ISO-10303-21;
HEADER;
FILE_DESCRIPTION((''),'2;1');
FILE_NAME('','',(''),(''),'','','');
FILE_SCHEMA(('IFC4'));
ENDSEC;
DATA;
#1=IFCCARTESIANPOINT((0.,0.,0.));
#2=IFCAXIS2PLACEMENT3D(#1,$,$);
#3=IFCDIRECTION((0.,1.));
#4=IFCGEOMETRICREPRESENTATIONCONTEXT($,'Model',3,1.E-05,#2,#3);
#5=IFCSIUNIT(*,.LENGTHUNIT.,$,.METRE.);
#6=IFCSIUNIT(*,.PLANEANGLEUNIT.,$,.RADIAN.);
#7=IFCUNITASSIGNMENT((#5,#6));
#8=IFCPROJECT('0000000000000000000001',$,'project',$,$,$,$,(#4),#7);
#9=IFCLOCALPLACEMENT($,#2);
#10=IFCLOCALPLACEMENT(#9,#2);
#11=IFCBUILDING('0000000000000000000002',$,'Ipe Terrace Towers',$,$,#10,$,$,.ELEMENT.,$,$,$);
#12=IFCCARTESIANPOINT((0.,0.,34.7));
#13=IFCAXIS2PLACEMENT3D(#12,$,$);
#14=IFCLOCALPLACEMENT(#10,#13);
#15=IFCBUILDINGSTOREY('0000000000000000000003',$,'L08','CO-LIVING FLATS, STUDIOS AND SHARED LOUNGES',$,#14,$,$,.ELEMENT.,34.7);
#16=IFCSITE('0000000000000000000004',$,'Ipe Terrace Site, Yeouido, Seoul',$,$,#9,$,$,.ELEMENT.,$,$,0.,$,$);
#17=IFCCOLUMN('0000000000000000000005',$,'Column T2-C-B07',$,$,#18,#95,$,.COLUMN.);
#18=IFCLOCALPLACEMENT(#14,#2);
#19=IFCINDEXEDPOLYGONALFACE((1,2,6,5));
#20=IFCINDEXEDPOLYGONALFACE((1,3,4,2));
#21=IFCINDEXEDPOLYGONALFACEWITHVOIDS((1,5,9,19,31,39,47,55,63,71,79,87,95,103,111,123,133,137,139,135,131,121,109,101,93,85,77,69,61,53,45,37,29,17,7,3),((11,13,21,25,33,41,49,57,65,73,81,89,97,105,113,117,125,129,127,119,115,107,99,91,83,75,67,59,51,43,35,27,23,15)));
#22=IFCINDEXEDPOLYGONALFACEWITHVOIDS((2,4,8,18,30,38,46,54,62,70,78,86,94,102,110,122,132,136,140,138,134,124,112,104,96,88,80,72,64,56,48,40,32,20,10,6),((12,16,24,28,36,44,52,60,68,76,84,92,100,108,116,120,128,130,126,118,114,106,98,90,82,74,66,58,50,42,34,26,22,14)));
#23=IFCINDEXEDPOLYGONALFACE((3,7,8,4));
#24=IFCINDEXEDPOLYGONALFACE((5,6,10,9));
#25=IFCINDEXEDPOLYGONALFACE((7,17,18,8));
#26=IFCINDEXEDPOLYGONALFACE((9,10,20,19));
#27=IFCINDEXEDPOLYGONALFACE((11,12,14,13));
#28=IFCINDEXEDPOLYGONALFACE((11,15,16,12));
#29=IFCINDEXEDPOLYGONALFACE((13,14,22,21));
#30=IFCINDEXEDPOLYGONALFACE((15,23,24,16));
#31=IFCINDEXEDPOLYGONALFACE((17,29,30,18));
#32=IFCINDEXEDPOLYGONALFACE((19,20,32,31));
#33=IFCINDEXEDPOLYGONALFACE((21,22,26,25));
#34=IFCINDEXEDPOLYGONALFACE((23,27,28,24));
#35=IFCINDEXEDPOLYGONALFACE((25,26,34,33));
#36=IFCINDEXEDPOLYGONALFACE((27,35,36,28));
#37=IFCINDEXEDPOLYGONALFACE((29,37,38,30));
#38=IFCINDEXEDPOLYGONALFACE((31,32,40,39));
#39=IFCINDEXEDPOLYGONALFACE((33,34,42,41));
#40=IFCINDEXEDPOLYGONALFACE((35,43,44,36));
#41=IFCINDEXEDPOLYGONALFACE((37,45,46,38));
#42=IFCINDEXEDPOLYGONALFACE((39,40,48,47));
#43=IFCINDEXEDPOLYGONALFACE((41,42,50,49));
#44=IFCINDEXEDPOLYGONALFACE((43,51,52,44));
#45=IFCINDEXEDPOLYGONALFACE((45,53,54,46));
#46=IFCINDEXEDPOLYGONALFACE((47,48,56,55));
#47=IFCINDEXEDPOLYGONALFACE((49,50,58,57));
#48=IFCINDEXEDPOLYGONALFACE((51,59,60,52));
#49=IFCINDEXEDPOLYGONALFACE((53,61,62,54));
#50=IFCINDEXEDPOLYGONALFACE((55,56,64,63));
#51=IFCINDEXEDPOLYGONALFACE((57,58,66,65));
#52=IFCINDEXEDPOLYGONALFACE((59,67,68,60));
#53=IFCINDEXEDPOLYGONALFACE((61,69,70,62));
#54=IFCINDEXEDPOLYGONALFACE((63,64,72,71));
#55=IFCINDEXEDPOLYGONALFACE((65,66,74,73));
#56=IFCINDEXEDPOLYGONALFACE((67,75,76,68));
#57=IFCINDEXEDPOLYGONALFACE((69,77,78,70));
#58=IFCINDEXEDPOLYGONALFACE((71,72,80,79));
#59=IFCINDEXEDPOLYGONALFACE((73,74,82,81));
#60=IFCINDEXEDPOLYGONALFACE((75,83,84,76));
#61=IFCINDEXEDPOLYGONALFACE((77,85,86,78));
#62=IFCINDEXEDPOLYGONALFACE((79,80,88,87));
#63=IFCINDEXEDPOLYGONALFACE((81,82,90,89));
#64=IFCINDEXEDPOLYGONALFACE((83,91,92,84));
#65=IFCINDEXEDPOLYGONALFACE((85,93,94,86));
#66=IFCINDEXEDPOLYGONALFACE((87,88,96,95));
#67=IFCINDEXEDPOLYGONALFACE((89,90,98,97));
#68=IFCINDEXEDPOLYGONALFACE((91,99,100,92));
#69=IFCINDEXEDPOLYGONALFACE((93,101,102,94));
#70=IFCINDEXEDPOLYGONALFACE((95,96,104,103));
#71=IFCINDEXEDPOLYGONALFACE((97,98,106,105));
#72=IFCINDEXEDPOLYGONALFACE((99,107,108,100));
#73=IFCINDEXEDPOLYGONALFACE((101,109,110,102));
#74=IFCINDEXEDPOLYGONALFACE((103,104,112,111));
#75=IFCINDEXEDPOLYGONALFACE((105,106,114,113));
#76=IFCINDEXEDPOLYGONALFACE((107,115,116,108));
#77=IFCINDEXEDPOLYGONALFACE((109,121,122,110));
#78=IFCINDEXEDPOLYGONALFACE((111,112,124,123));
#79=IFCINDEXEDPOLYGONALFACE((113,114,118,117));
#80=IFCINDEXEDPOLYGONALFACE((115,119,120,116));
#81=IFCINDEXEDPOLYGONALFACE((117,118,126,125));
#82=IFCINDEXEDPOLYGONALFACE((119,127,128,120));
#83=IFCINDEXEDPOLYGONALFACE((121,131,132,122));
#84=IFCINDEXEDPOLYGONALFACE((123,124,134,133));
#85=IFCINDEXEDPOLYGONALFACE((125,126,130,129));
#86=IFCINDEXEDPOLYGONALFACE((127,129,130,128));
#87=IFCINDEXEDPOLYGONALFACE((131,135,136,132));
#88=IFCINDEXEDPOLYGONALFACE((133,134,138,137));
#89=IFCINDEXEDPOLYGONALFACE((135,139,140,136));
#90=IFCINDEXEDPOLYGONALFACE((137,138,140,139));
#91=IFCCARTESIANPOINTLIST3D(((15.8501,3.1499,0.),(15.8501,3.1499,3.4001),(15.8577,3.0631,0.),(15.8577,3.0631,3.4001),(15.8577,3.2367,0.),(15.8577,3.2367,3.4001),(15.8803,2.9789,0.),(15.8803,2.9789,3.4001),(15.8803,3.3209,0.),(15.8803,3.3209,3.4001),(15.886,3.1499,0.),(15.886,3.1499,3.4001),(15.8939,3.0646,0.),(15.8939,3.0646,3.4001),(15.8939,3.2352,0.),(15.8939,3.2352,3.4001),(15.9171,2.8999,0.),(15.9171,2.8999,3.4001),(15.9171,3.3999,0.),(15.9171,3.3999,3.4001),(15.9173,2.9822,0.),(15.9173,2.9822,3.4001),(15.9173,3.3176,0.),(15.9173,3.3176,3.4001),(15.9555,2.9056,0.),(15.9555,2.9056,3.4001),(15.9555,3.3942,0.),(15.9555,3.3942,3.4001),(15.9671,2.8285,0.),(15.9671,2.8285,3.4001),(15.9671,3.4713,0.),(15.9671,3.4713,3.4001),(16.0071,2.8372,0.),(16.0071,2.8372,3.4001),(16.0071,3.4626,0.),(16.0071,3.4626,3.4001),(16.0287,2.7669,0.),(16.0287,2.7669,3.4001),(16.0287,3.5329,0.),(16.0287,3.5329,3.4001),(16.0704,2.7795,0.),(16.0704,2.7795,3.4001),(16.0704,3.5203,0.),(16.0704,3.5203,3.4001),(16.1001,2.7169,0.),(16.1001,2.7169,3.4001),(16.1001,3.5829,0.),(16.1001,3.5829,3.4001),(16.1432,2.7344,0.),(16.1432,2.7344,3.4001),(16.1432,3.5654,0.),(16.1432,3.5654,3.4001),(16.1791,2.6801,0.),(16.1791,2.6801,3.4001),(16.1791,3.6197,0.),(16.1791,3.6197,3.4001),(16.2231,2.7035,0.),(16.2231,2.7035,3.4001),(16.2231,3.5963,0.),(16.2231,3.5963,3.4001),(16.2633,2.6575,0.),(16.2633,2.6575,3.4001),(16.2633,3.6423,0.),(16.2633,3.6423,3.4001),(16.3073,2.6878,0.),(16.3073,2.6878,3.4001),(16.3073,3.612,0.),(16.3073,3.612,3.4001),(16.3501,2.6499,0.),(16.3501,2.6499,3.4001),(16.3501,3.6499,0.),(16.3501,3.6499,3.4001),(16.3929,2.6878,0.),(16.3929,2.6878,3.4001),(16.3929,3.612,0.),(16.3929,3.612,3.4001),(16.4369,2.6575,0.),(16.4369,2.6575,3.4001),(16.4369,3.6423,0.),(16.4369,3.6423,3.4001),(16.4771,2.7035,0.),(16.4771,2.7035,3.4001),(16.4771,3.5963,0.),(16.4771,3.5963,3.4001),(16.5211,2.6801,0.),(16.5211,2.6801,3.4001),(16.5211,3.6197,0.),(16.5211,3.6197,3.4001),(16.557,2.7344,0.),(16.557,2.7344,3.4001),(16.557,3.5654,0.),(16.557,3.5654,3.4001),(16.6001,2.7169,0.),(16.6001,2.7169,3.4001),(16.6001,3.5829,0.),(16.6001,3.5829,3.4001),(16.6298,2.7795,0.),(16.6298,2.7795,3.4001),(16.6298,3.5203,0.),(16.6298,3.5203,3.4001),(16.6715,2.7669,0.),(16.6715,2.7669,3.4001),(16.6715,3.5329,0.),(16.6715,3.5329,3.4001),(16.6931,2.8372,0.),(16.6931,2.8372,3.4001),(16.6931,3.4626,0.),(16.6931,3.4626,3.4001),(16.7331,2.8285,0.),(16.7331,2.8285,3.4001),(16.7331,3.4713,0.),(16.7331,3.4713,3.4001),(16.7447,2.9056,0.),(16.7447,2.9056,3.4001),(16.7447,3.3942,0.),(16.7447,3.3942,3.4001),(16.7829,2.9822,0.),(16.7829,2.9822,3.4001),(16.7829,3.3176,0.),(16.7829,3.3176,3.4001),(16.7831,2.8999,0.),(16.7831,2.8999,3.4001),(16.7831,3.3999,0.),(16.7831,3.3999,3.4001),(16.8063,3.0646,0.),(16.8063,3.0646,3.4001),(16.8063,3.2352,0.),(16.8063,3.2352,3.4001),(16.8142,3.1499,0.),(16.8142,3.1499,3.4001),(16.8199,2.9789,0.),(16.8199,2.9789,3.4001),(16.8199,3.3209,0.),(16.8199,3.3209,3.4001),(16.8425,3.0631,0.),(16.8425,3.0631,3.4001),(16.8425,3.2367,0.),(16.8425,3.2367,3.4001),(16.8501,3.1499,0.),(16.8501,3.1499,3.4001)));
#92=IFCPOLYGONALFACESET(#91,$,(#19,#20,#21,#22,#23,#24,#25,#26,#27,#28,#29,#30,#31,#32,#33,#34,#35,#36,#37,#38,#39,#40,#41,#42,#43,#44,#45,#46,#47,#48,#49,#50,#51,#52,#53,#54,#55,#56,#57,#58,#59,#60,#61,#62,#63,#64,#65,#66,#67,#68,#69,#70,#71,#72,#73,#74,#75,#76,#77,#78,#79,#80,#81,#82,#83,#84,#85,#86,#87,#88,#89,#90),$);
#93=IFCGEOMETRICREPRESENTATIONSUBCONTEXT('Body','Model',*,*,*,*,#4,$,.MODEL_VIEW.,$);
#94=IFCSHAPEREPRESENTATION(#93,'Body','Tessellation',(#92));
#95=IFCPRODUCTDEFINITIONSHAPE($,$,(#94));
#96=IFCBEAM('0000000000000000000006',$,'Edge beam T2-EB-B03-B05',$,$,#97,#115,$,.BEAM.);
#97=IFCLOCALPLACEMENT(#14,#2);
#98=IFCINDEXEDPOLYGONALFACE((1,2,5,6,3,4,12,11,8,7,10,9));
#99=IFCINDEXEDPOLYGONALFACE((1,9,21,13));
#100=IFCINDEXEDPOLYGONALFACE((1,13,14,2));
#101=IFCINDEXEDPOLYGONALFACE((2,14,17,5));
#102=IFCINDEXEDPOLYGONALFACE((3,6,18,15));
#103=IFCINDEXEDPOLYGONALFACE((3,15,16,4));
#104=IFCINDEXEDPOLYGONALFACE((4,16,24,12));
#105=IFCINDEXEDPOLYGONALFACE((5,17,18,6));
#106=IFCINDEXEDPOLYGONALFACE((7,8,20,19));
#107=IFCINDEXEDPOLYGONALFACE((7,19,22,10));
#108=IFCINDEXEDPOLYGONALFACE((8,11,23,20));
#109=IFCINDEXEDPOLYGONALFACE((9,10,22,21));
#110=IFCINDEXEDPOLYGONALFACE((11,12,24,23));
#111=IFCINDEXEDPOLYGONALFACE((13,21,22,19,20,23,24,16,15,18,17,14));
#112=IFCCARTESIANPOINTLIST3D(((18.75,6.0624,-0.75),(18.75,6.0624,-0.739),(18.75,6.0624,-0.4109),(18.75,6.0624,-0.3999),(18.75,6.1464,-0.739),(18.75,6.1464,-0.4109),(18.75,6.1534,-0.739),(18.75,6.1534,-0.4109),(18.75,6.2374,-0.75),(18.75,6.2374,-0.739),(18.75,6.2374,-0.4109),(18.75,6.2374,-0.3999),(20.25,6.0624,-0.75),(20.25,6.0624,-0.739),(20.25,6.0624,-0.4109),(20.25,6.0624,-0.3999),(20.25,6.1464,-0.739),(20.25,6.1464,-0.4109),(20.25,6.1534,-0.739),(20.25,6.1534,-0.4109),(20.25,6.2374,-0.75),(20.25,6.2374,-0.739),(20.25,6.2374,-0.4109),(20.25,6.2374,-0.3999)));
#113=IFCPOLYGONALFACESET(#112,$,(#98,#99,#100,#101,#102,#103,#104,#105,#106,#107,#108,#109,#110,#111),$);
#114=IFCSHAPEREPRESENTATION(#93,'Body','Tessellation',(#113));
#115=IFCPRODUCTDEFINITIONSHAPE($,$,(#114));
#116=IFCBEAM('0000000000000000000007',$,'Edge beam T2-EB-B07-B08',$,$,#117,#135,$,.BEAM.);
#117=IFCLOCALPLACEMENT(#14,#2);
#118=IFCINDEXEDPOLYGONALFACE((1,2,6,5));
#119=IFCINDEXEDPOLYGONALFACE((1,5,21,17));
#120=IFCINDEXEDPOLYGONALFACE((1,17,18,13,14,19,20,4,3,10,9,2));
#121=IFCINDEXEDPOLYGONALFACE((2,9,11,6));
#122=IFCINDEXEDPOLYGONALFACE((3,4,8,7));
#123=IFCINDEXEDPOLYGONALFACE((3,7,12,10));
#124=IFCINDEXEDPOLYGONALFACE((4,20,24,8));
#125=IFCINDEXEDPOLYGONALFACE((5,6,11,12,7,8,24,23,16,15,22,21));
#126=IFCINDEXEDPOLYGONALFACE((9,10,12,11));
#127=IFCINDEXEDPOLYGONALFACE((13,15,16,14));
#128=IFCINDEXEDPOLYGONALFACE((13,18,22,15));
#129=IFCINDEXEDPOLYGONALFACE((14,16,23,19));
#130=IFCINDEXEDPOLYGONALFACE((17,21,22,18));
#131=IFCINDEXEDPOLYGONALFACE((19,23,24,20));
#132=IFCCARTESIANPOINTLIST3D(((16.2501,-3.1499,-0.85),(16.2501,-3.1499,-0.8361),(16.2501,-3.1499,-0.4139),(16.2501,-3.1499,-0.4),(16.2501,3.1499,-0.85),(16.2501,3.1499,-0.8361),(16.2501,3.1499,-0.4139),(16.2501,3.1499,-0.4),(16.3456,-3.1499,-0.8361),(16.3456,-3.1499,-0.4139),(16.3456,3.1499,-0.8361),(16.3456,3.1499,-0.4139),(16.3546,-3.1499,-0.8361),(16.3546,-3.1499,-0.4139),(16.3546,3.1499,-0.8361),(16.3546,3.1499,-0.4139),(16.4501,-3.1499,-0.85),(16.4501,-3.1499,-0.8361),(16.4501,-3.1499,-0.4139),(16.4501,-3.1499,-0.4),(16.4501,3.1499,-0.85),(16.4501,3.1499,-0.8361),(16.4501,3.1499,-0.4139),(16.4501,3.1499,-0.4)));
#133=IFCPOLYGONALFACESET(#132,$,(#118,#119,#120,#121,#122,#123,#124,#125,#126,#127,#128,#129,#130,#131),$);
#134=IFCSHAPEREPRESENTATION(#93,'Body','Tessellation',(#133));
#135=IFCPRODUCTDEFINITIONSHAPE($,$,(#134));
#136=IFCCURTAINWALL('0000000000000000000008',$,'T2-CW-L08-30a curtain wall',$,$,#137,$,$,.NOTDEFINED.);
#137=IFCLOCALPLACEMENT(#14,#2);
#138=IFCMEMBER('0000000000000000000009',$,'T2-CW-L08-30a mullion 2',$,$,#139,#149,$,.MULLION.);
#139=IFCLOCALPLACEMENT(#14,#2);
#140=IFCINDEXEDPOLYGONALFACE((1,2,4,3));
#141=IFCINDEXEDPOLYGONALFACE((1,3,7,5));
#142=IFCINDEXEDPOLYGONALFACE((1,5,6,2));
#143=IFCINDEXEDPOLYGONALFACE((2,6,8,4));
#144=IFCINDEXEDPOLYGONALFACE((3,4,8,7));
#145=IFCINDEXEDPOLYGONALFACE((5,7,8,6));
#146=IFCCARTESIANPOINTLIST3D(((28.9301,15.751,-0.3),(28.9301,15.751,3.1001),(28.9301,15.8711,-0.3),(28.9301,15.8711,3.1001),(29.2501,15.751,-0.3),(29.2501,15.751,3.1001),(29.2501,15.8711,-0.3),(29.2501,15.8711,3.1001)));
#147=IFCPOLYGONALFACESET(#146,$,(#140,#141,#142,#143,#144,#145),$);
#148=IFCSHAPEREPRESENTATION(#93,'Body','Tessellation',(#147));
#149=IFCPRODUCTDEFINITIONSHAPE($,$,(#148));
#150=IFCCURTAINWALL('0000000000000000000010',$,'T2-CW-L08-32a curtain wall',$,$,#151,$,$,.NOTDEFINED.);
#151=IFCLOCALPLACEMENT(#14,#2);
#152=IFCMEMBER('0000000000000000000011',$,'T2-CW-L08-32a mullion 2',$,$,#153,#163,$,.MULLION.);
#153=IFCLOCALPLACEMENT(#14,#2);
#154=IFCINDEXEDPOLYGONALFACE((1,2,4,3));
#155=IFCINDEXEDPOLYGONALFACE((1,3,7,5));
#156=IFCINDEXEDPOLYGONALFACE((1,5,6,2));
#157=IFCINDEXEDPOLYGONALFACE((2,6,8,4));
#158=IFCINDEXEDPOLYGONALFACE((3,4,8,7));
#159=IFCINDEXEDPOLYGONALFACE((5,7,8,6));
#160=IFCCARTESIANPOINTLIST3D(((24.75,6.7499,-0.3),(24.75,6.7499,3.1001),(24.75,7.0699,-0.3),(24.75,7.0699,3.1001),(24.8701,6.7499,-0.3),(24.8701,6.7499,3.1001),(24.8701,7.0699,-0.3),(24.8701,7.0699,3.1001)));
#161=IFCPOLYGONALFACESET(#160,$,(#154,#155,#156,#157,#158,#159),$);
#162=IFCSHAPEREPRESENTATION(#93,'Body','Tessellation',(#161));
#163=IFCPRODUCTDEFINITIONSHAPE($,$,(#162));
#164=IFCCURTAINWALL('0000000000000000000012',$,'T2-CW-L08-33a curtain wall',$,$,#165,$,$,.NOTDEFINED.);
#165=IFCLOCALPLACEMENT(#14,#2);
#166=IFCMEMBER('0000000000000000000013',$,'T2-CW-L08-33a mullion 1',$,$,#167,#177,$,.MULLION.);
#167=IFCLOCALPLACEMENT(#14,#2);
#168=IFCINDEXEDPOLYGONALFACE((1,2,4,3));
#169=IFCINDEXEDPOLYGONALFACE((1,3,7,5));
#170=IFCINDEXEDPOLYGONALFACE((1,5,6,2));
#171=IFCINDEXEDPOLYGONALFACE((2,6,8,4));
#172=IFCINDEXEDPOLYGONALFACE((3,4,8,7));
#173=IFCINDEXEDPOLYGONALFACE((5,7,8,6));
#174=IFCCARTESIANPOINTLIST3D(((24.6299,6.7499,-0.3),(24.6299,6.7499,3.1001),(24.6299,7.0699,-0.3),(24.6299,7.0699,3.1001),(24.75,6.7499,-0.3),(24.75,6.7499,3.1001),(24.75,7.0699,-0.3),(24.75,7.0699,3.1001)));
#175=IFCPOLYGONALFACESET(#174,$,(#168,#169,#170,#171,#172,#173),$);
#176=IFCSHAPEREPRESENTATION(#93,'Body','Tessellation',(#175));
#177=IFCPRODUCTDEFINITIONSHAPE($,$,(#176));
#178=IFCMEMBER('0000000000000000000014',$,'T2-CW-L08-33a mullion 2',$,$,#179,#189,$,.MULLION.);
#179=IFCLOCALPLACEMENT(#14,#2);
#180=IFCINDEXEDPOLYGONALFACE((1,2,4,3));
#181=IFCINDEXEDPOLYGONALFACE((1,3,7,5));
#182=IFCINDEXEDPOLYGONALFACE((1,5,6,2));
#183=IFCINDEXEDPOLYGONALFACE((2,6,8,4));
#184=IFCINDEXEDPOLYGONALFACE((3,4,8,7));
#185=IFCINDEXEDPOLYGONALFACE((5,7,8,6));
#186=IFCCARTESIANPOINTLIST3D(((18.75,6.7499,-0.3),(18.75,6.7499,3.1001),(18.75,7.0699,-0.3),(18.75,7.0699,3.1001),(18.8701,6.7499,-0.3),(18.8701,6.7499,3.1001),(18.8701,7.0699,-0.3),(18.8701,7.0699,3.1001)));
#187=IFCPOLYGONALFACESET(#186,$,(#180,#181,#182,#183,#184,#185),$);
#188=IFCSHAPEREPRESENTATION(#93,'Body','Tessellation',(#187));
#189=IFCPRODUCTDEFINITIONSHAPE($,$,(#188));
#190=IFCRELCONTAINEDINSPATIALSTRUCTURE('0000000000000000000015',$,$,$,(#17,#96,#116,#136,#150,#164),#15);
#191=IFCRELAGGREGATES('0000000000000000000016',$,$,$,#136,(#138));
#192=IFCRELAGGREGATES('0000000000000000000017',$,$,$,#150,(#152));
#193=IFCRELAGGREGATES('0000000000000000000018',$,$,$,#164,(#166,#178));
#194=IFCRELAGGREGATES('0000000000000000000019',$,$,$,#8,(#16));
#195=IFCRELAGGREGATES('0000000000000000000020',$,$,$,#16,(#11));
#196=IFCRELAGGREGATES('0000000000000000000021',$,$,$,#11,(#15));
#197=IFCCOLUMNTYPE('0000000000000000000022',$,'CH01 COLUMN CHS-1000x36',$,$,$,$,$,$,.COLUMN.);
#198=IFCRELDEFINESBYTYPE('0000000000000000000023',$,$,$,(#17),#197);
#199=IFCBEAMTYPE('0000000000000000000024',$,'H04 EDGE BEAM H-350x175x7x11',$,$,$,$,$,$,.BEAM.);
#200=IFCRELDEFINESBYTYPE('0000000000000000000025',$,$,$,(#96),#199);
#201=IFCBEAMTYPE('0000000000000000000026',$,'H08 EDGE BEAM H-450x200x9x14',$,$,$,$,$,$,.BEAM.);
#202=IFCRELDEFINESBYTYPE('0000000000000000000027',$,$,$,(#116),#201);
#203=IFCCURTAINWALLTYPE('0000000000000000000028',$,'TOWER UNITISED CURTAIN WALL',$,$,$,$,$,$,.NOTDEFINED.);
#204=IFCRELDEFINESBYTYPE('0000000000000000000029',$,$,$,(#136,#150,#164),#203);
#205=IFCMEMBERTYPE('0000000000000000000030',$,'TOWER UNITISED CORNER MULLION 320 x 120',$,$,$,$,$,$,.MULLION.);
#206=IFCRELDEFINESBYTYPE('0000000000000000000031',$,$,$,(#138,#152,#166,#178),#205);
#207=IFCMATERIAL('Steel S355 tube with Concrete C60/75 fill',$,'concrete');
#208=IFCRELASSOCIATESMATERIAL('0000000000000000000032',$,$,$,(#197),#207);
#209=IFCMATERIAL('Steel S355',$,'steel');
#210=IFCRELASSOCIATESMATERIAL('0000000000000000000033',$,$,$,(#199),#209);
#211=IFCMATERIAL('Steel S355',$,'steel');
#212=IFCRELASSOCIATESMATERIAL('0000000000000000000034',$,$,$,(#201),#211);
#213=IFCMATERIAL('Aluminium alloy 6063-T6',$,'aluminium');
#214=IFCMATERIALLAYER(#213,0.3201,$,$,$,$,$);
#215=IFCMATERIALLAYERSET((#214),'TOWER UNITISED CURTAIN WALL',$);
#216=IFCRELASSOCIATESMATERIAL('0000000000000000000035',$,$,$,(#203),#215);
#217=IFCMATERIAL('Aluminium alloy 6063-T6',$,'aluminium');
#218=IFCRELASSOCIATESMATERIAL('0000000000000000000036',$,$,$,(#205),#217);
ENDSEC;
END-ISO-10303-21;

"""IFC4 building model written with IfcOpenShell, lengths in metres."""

from ifc_helpers import new_model, si_unit, direction, frame, origin, origin_2d, place, context, subcontext, project, spatial, rectangle, hollow_circle, i_section, extrude, material, layer, layer_set, material_profile, profile_set, type_object, element, aggregate, save


model = new_model("IFC4")

# Units and contexts
model_context = context("Model", 3, precision=1e-05, world=origin(), true_north=direction((0.0, 1.0)))
body_context = subcontext(model_context, "Body", "Model", "MODEL_VIEW")
ifc_project = project(units=[si_unit("LENGTHUNIT", "METRE"), si_unit("PLANEANGLEUNIT", "RADIAN")], contexts=[model_context])

# Site, building, storey
site_placement = place(None, origin())
site = spatial("IfcSite", under=ifc_project, at=site_placement, Name="Ipe Terrace Site, Yeouido, Seoul", CompositionType="ELEMENT", RefElevation=0.0)
building_placement = place(site_placement, origin())
building = spatial("IfcBuilding", under=site, at=building_placement, Name="Ipe Terrace Towers", CompositionType="ELEMENT")
storey_placement = place(building_placement, frame((0.0, 0.0, 34.7)))
storey = spatial("IfcBuildingStorey", under=building, at=storey_placement, Name="L08", Description="CO-LIVING FLATS, STUDIOS AND SHARED LOUNGES", CompositionType="ELEMENT", Elevation=34.7)

# Column
ifc_material_1 = material(Name="Steel S355 tube with Concrete C60/75 fill", Category="concrete")
ifc_material_profile_1 = material_profile(ifc_material_1, hollow_circle(Radius=0.5, WallThickness=0.0359, at=origin_2d()), Name="CHS-1000x36")
ifc_profile_set_1 = profile_set([ifc_material_profile_1], Name="Steel S355 tube with Concrete C60/75 fill")
column_type = type_object("IfcColumnType", Name="CH01 COLUMN CHS-1000x36", PredefinedType="COLUMN", material=ifc_profile_set_1)
for number, where, z_axis, x_axis, name in (
    (1, (16.3501, 3.1499, 0.0), (0.0, 0.0, 1.0), (1.0, 0.0, 0.0), "Column T2-C-B07"),
):
    element("IfcColumn", number, at=place(storey_placement, frame(where, z_axis=z_axis, x_axis=x_axis)), inside=storey, type_object=column_type, Name=name, PredefinedType="COLUMN", context=body_context, shape_type="SweptSolid", body=[
        extrude(hollow_circle(Radius=0.5, WallThickness=0.0359, at=origin_2d()), origin(), (0.0, 0.0, 1.0), 3.4001),
    ])

# Beams
ifc_material_2 = material(Name="Steel S355", Category="steel")
ifc_material_profile_2 = material_profile(ifc_material_2, i_section(OverallWidth=0.175, OverallDepth=0.3501, WebThickness=0.0071, FlangeThickness=0.011, at=origin_2d()), Name="H-350x175x7x11")
ifc_profile_set_2 = profile_set([ifc_material_profile_2], Name="Steel S355")
beam_type_1 = type_object("IfcBeamType", Name="H04 EDGE BEAM H-350x175x7x11", PredefinedType="BEAM", material=ifc_profile_set_2)
beam_1_placement = place(storey_placement, frame((20.25, 6.1499, -0.575), z_axis=(-1.0, 0.0, 0.0), x_axis=(0.0, -1.0, 0.0)))
element("IfcBeam", 2, at=beam_1_placement, inside=storey, type_object=beam_type_1, Name="Edge beam T2-EB-B03-B05", PredefinedType="BEAM", context=body_context, shape_type="SweptSolid", body=[
    extrude(i_section(OverallWidth=0.175, OverallDepth=0.3501, WebThickness=0.0071, FlangeThickness=0.011, at=origin_2d()), origin(), (0.0, 0.0, 1.0), 1.5),
])
ifc_material_3 = material(Name="Steel S355", Category="steel")
ifc_material_profile_3 = material_profile(ifc_material_3, i_section(OverallWidth=0.2, OverallDepth=0.45, WebThickness=0.009, FlangeThickness=0.0139, at=origin_2d()), Name="H-450x200x9x14")
ifc_profile_set_3 = profile_set([ifc_material_profile_3], Name="Steel S355")
beam_type_2 = type_object("IfcBeamType", Name="H08 EDGE BEAM H-450x200x9x14", PredefinedType="BEAM", material=ifc_profile_set_3)
beam_2_placement = place(storey_placement, frame((16.3501, 3.1499, -0.625), z_axis=(0.0, -1.0, 0.0), x_axis=(1.0, 0.0, 0.0)))
element("IfcBeam", 3, at=beam_2_placement, inside=storey, type_object=beam_type_2, Name="Edge beam T2-EB-B07-B08", PredefinedType="BEAM", context=body_context, shape_type="SweptSolid", body=[
    extrude(i_section(OverallWidth=0.2, OverallDepth=0.45, WebThickness=0.009, FlangeThickness=0.0139, at=origin_2d()), origin(), (0.0, 0.0, 1.0), 6.2998),
])

# Curtain walls, members
ifc_material_4 = material(Name="Aluminium alloy 6063-T6", Category="aluminium")
ifc_layer_1 = layer(ifc_material_4, 0.3201)
ifc_layer_set_1 = layer_set([ifc_layer_1], Name="TOWER UNITISED CURTAIN WALL")
curtain_wall_type = type_object("IfcCurtainWallType", Name="TOWER UNITISED CURTAIN WALL", PredefinedType="NOTDEFINED", material=ifc_layer_set_1)
curtain_wall_1_placement = place(storey_placement, origin())
curtain_wall_1 = element("IfcCurtainWall", 4, at=curtain_wall_1_placement, inside=storey, type_object=curtain_wall_type, Name="T2-CW-L08-30a curtain wall", PredefinedType="NOTDEFINED")
ifc_material_5 = material(Name="Aluminium alloy 6063-T6", Category="aluminium")
ifc_material_profile_4 = material_profile(ifc_material_5, rectangle(XDim=0.3201, YDim=0.1201, at=origin_2d()), Name="TOWER UNITISED CORNER MULLION 320 x 120")
ifc_profile_set_4 = profile_set([ifc_material_profile_4], Name="Aluminium alloy 6063-T6")
member_type_1 = type_object("IfcMemberType", Name="TOWER UNITISED CORNER MULLION 320 x 120", PredefinedType="MULLION", material=ifc_profile_set_4)
member_1_placement = place(storey_placement, frame((29.0901, 15.811, -0.3), z_axis=(0.0, 0.0, 1.0), x_axis=(-1.0, 0.0, 0.0)))
member_1 = element("IfcMember", 5, at=member_1_placement, type_object=member_type_1, Name="T2-CW-L08-30a mullion 2", PredefinedType="MULLION", context=body_context, shape_type="SweptSolid", body=[
    extrude(rectangle(XDim=0.3201, YDim=0.1201, at=origin_2d()), origin(), (0.0, 0.0, 1.0), 3.4001),
])
curtain_wall_2_placement = place(storey_placement, origin())
curtain_wall_2 = element("IfcCurtainWall", 6, at=curtain_wall_2_placement, inside=storey, type_object=curtain_wall_type, Name="T2-CW-L08-32a curtain wall", PredefinedType="NOTDEFINED")
member_2_placement = place(storey_placement, frame((24.8101, 6.9099, -0.3), z_axis=(0.0, 0.0, 1.0), x_axis=(0.0, 1.0, 0.0)))
member_2 = element("IfcMember", 7, at=member_2_placement, type_object=member_type_1, Name="T2-CW-L08-32a mullion 2", PredefinedType="MULLION", context=body_context, shape_type="SweptSolid", body=[
    extrude(rectangle(XDim=0.3201, YDim=0.1201, at=origin_2d()), origin(), (0.0, 0.0, 1.0), 3.4001),
])

# Curtain wall, members
curtain_wall_3_placement = place(storey_placement, origin())
curtain_wall_3 = element("IfcCurtainWall", 8, at=curtain_wall_3_placement, inside=storey, type_object=curtain_wall_type, Name="T2-CW-L08-33a curtain wall", PredefinedType="NOTDEFINED")
member_3_placement = place(storey_placement, frame((24.6899, 6.9099, -0.3), z_axis=(0.0, 0.0, 1.0), x_axis=(0.0, 1.0, 0.0)))
member_3 = element("IfcMember", 9, at=member_3_placement, type_object=member_type_1, Name="T2-CW-L08-33a mullion 1", PredefinedType="MULLION", context=body_context, shape_type="SweptSolid", body=[
    extrude(rectangle(XDim=0.3201, YDim=0.1201, at=origin_2d()), origin(), (0.0, 0.0, 1.0), 3.4001),
])
member_4_placement = place(storey_placement, frame((18.8101, 6.9099, -0.3), z_axis=(0.0, 0.0, 1.0), x_axis=(0.0, 1.0, 0.0)))
member_4 = element("IfcMember", 10, at=member_4_placement, type_object=member_type_1, Name="T2-CW-L08-33a mullion 2", PredefinedType="MULLION", context=body_context, shape_type="SweptSolid", body=[
    extrude(rectangle(XDim=0.3201, YDim=0.1201, at=origin_2d()), origin(), (0.0, 0.0, 1.0), 3.4001),
])

aggregate(curtain_wall_1, [member_1])
aggregate(curtain_wall_2, [member_2])
aggregate(curtain_wall_3, [member_3, member_4])

save(model, "model.ifc")
